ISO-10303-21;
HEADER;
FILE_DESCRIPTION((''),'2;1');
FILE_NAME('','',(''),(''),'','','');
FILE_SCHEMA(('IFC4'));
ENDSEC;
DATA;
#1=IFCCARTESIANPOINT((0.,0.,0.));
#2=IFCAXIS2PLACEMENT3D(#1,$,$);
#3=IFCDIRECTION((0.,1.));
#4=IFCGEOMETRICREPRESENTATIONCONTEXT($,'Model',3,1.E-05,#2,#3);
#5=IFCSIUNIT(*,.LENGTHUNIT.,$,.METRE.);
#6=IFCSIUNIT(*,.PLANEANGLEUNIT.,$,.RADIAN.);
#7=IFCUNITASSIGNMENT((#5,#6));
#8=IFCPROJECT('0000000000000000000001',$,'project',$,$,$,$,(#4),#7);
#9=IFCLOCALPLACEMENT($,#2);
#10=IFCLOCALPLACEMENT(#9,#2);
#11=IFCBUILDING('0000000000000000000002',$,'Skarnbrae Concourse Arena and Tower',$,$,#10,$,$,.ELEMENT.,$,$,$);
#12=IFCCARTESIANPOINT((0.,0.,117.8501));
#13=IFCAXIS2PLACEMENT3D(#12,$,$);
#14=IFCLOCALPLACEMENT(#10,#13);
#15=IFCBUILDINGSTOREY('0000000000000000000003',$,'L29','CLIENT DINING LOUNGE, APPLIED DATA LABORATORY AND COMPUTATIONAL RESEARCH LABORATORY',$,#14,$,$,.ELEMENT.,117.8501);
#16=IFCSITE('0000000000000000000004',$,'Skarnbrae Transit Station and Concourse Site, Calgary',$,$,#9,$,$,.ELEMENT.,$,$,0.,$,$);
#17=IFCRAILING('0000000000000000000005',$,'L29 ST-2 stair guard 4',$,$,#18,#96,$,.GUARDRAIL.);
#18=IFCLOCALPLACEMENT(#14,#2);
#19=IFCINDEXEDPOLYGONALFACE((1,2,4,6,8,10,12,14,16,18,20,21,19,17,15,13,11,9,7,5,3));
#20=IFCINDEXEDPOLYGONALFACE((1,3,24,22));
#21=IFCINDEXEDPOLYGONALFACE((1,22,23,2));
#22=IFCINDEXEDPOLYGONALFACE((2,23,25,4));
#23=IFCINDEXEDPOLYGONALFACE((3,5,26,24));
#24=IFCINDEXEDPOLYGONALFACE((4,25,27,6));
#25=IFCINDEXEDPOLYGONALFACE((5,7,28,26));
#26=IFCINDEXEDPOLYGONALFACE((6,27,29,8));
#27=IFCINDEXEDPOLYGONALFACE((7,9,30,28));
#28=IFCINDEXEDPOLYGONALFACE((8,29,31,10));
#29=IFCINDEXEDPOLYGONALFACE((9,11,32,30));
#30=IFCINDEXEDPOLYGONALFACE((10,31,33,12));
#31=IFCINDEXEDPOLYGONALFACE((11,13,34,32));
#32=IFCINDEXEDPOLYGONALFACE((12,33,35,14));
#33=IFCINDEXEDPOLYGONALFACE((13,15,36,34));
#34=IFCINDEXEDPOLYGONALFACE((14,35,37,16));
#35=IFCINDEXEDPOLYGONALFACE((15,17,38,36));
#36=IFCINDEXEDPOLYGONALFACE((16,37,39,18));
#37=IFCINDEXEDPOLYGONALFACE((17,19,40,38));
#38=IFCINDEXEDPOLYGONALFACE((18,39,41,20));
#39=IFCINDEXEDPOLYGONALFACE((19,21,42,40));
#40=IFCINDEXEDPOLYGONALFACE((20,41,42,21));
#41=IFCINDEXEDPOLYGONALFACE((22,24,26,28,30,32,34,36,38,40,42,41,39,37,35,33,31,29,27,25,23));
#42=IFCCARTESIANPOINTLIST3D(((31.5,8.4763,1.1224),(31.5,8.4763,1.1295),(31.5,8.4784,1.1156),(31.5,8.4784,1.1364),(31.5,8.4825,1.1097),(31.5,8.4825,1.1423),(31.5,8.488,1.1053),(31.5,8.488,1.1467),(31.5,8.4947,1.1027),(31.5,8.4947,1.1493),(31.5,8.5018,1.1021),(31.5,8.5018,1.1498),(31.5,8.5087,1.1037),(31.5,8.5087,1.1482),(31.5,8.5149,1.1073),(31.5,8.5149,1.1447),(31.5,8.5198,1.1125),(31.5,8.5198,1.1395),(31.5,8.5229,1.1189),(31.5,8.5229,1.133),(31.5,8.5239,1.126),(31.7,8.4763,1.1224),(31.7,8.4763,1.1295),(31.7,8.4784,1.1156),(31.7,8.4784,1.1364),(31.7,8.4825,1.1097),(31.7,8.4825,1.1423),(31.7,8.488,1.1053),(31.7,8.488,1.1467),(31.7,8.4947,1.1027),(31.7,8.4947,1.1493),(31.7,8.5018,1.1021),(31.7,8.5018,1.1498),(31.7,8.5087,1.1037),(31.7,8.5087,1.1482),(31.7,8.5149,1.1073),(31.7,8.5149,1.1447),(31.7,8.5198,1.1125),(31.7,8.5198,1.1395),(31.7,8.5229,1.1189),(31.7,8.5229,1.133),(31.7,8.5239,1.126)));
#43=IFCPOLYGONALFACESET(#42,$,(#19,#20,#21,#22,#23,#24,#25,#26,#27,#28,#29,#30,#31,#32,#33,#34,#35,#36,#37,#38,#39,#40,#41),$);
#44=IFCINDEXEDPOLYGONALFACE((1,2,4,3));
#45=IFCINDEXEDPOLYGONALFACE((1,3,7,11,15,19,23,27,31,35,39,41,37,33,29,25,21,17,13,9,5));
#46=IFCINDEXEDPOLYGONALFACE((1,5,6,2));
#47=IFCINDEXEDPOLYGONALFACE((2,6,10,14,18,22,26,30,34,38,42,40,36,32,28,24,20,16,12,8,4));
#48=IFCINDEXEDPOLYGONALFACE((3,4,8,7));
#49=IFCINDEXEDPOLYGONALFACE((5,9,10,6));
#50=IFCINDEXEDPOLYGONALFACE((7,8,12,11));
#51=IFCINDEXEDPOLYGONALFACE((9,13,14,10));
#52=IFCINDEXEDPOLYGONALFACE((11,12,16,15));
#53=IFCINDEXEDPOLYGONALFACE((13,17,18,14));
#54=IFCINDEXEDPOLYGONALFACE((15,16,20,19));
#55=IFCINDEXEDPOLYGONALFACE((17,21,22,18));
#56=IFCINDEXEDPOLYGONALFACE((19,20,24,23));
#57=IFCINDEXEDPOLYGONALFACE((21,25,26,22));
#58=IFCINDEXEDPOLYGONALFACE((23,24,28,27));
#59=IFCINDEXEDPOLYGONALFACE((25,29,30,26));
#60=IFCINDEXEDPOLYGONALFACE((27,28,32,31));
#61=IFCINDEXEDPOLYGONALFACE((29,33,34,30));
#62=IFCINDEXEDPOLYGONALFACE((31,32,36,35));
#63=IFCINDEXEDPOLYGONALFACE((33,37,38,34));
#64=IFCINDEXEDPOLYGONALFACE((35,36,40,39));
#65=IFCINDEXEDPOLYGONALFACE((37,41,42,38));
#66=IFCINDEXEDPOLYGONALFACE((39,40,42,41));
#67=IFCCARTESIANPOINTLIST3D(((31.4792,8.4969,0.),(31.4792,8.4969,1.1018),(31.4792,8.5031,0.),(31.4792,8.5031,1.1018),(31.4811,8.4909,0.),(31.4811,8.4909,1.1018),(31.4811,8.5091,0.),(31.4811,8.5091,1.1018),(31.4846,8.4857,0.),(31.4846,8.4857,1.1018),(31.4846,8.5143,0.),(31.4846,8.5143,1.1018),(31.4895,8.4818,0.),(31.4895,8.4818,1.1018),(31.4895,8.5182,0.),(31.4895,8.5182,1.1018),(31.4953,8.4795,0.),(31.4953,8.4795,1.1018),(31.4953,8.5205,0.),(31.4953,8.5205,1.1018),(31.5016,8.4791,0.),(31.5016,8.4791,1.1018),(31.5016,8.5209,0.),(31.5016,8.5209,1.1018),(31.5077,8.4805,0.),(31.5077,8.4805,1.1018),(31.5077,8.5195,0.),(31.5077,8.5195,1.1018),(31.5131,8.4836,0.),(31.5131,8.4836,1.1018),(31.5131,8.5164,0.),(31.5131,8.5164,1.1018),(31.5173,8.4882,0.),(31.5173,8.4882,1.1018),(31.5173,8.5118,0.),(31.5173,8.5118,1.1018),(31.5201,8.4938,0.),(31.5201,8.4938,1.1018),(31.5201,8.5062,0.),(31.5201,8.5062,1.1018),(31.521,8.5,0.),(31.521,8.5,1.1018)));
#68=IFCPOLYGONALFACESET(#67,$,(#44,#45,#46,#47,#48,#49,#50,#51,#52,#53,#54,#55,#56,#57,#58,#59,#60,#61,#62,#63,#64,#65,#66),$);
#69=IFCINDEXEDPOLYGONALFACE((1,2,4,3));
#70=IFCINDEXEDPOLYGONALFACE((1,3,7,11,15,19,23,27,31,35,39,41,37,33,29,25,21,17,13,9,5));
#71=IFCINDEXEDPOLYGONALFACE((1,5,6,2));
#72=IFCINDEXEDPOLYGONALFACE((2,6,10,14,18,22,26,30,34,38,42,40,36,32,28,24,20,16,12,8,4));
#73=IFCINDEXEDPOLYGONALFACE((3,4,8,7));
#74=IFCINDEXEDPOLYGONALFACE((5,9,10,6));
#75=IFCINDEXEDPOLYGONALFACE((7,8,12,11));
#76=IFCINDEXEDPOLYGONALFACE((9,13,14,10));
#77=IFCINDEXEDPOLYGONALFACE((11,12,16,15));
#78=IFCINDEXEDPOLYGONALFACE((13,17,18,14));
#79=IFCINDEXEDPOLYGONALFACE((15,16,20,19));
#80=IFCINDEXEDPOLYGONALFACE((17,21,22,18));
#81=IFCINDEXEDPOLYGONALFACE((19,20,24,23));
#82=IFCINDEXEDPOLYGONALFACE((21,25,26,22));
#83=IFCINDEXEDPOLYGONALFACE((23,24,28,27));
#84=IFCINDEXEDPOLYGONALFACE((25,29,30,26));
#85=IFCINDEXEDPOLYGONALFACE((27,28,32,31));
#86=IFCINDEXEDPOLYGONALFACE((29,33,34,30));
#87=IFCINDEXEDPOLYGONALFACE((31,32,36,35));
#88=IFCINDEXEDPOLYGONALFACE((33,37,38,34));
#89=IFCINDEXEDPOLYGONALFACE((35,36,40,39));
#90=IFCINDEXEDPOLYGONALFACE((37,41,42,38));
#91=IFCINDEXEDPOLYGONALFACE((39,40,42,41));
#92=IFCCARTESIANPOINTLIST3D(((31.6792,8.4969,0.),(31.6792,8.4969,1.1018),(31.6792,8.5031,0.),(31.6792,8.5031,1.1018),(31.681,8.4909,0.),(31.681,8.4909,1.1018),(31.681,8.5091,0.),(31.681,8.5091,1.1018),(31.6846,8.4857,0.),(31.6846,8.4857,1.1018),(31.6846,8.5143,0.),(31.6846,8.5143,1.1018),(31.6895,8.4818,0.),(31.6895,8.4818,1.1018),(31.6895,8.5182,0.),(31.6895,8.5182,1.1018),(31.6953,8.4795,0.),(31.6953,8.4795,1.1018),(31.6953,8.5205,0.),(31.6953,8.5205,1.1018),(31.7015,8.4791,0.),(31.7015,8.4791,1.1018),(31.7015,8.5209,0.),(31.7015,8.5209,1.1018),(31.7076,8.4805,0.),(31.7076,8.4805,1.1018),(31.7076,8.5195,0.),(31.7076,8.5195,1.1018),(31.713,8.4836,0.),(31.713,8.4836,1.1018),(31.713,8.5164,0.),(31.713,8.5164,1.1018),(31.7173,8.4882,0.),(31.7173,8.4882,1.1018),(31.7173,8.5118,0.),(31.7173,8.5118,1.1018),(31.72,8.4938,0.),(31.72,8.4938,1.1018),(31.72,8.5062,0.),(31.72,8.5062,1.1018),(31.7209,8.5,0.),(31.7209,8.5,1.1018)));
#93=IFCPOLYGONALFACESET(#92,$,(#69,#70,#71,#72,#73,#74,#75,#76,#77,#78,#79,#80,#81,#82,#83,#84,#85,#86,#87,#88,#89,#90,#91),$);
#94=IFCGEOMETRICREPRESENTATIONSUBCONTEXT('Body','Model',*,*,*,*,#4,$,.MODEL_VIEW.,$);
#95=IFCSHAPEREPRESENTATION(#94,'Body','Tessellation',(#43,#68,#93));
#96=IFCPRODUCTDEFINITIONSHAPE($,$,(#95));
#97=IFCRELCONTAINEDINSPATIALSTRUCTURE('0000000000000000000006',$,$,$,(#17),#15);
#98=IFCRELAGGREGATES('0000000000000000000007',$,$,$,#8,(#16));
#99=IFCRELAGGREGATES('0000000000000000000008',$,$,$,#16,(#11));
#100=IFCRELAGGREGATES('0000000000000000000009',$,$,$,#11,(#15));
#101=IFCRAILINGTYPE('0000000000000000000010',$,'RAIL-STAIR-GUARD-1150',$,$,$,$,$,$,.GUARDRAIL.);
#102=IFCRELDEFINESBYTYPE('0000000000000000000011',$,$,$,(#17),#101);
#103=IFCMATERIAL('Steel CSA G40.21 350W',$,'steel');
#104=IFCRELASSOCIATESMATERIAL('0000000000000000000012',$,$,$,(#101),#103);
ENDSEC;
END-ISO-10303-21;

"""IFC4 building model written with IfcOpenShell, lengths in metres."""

from ifc_helpers import new_model, si_unit, direction, frame, origin, origin_2d, place, context, subcontext, project, spatial, circle, extrude, material, type_object, element, save


model = new_model("IFC4")

# Units and contexts
model_context = context("Model", 3, precision=1e-05, world=origin(), true_north=direction((0.0, 1.0)))
body_context = subcontext(model_context, "Body", "Model", "MODEL_VIEW")
ifc_project = project(units=[si_unit("LENGTHUNIT", "METRE"), si_unit("PLANEANGLEUNIT", "RADIAN")], contexts=[model_context])

# Site, building, storey
site_placement = place(None, origin())
site = spatial("IfcSite", under=ifc_project, at=site_placement, Name="Skarnbrae Transit Station and Concourse Site, Calgary", CompositionType="ELEMENT", RefElevation=0.0)
building_placement = place(site_placement, origin())
building = spatial("IfcBuilding", under=site, at=building_placement, Name="Skarnbrae Concourse Arena and Tower", CompositionType="ELEMENT")
storey_placement = place(building_placement, frame((0.0, 0.0, 117.8501)))
storey = spatial("IfcBuildingStorey", under=building, at=storey_placement, Name="L29", Description="CLIENT DINING LOUNGE, APPLIED DATA LABORATORY AND COMPUTATIONAL RESEARCH LABORATORY", CompositionType="ELEMENT", Elevation=117.8501)

# Shared definitions
ifc_material_1 = material(Name="Steel CSA G40.21 350W", Category="steel")

# Railing
railing_type_1 = type_object("IfcRailingType", Name="RAIL-STAIR-GUARD-1150", PredefinedType="GUARDRAIL", material=ifc_material_1)
railing_1_placement = place(storey_placement, frame((31.5, 8.5, 0.0)))
element("IfcRailing", 1, at=railing_1_placement, inside=storey, type_object=railing_type_1, Name="L29 ST-2 stair guard 4", PredefinedType="GUARDRAIL", context=body_context, shape_type="SweptSolid", body=[
    extrude(circle(Radius=0.0239, at=origin_2d()), frame((0.0, 0.0, 1.126), z_axis=(1.0, 0.0, 0.0), x_axis=(0.0, 1.0, 0.0)), (0.0, 0.0, 1.0), 0.2),
    extrude(circle(Radius=0.021, at=origin_2d()), origin(), (0.0, 0.0, 1.0), 1.1018),
    extrude(circle(Radius=0.021, at=origin_2d()), frame((0.2, 0.0, 0.0)), (0.0, 0.0, 1.0), 1.1018),
])

save(model, "model.ifc")
